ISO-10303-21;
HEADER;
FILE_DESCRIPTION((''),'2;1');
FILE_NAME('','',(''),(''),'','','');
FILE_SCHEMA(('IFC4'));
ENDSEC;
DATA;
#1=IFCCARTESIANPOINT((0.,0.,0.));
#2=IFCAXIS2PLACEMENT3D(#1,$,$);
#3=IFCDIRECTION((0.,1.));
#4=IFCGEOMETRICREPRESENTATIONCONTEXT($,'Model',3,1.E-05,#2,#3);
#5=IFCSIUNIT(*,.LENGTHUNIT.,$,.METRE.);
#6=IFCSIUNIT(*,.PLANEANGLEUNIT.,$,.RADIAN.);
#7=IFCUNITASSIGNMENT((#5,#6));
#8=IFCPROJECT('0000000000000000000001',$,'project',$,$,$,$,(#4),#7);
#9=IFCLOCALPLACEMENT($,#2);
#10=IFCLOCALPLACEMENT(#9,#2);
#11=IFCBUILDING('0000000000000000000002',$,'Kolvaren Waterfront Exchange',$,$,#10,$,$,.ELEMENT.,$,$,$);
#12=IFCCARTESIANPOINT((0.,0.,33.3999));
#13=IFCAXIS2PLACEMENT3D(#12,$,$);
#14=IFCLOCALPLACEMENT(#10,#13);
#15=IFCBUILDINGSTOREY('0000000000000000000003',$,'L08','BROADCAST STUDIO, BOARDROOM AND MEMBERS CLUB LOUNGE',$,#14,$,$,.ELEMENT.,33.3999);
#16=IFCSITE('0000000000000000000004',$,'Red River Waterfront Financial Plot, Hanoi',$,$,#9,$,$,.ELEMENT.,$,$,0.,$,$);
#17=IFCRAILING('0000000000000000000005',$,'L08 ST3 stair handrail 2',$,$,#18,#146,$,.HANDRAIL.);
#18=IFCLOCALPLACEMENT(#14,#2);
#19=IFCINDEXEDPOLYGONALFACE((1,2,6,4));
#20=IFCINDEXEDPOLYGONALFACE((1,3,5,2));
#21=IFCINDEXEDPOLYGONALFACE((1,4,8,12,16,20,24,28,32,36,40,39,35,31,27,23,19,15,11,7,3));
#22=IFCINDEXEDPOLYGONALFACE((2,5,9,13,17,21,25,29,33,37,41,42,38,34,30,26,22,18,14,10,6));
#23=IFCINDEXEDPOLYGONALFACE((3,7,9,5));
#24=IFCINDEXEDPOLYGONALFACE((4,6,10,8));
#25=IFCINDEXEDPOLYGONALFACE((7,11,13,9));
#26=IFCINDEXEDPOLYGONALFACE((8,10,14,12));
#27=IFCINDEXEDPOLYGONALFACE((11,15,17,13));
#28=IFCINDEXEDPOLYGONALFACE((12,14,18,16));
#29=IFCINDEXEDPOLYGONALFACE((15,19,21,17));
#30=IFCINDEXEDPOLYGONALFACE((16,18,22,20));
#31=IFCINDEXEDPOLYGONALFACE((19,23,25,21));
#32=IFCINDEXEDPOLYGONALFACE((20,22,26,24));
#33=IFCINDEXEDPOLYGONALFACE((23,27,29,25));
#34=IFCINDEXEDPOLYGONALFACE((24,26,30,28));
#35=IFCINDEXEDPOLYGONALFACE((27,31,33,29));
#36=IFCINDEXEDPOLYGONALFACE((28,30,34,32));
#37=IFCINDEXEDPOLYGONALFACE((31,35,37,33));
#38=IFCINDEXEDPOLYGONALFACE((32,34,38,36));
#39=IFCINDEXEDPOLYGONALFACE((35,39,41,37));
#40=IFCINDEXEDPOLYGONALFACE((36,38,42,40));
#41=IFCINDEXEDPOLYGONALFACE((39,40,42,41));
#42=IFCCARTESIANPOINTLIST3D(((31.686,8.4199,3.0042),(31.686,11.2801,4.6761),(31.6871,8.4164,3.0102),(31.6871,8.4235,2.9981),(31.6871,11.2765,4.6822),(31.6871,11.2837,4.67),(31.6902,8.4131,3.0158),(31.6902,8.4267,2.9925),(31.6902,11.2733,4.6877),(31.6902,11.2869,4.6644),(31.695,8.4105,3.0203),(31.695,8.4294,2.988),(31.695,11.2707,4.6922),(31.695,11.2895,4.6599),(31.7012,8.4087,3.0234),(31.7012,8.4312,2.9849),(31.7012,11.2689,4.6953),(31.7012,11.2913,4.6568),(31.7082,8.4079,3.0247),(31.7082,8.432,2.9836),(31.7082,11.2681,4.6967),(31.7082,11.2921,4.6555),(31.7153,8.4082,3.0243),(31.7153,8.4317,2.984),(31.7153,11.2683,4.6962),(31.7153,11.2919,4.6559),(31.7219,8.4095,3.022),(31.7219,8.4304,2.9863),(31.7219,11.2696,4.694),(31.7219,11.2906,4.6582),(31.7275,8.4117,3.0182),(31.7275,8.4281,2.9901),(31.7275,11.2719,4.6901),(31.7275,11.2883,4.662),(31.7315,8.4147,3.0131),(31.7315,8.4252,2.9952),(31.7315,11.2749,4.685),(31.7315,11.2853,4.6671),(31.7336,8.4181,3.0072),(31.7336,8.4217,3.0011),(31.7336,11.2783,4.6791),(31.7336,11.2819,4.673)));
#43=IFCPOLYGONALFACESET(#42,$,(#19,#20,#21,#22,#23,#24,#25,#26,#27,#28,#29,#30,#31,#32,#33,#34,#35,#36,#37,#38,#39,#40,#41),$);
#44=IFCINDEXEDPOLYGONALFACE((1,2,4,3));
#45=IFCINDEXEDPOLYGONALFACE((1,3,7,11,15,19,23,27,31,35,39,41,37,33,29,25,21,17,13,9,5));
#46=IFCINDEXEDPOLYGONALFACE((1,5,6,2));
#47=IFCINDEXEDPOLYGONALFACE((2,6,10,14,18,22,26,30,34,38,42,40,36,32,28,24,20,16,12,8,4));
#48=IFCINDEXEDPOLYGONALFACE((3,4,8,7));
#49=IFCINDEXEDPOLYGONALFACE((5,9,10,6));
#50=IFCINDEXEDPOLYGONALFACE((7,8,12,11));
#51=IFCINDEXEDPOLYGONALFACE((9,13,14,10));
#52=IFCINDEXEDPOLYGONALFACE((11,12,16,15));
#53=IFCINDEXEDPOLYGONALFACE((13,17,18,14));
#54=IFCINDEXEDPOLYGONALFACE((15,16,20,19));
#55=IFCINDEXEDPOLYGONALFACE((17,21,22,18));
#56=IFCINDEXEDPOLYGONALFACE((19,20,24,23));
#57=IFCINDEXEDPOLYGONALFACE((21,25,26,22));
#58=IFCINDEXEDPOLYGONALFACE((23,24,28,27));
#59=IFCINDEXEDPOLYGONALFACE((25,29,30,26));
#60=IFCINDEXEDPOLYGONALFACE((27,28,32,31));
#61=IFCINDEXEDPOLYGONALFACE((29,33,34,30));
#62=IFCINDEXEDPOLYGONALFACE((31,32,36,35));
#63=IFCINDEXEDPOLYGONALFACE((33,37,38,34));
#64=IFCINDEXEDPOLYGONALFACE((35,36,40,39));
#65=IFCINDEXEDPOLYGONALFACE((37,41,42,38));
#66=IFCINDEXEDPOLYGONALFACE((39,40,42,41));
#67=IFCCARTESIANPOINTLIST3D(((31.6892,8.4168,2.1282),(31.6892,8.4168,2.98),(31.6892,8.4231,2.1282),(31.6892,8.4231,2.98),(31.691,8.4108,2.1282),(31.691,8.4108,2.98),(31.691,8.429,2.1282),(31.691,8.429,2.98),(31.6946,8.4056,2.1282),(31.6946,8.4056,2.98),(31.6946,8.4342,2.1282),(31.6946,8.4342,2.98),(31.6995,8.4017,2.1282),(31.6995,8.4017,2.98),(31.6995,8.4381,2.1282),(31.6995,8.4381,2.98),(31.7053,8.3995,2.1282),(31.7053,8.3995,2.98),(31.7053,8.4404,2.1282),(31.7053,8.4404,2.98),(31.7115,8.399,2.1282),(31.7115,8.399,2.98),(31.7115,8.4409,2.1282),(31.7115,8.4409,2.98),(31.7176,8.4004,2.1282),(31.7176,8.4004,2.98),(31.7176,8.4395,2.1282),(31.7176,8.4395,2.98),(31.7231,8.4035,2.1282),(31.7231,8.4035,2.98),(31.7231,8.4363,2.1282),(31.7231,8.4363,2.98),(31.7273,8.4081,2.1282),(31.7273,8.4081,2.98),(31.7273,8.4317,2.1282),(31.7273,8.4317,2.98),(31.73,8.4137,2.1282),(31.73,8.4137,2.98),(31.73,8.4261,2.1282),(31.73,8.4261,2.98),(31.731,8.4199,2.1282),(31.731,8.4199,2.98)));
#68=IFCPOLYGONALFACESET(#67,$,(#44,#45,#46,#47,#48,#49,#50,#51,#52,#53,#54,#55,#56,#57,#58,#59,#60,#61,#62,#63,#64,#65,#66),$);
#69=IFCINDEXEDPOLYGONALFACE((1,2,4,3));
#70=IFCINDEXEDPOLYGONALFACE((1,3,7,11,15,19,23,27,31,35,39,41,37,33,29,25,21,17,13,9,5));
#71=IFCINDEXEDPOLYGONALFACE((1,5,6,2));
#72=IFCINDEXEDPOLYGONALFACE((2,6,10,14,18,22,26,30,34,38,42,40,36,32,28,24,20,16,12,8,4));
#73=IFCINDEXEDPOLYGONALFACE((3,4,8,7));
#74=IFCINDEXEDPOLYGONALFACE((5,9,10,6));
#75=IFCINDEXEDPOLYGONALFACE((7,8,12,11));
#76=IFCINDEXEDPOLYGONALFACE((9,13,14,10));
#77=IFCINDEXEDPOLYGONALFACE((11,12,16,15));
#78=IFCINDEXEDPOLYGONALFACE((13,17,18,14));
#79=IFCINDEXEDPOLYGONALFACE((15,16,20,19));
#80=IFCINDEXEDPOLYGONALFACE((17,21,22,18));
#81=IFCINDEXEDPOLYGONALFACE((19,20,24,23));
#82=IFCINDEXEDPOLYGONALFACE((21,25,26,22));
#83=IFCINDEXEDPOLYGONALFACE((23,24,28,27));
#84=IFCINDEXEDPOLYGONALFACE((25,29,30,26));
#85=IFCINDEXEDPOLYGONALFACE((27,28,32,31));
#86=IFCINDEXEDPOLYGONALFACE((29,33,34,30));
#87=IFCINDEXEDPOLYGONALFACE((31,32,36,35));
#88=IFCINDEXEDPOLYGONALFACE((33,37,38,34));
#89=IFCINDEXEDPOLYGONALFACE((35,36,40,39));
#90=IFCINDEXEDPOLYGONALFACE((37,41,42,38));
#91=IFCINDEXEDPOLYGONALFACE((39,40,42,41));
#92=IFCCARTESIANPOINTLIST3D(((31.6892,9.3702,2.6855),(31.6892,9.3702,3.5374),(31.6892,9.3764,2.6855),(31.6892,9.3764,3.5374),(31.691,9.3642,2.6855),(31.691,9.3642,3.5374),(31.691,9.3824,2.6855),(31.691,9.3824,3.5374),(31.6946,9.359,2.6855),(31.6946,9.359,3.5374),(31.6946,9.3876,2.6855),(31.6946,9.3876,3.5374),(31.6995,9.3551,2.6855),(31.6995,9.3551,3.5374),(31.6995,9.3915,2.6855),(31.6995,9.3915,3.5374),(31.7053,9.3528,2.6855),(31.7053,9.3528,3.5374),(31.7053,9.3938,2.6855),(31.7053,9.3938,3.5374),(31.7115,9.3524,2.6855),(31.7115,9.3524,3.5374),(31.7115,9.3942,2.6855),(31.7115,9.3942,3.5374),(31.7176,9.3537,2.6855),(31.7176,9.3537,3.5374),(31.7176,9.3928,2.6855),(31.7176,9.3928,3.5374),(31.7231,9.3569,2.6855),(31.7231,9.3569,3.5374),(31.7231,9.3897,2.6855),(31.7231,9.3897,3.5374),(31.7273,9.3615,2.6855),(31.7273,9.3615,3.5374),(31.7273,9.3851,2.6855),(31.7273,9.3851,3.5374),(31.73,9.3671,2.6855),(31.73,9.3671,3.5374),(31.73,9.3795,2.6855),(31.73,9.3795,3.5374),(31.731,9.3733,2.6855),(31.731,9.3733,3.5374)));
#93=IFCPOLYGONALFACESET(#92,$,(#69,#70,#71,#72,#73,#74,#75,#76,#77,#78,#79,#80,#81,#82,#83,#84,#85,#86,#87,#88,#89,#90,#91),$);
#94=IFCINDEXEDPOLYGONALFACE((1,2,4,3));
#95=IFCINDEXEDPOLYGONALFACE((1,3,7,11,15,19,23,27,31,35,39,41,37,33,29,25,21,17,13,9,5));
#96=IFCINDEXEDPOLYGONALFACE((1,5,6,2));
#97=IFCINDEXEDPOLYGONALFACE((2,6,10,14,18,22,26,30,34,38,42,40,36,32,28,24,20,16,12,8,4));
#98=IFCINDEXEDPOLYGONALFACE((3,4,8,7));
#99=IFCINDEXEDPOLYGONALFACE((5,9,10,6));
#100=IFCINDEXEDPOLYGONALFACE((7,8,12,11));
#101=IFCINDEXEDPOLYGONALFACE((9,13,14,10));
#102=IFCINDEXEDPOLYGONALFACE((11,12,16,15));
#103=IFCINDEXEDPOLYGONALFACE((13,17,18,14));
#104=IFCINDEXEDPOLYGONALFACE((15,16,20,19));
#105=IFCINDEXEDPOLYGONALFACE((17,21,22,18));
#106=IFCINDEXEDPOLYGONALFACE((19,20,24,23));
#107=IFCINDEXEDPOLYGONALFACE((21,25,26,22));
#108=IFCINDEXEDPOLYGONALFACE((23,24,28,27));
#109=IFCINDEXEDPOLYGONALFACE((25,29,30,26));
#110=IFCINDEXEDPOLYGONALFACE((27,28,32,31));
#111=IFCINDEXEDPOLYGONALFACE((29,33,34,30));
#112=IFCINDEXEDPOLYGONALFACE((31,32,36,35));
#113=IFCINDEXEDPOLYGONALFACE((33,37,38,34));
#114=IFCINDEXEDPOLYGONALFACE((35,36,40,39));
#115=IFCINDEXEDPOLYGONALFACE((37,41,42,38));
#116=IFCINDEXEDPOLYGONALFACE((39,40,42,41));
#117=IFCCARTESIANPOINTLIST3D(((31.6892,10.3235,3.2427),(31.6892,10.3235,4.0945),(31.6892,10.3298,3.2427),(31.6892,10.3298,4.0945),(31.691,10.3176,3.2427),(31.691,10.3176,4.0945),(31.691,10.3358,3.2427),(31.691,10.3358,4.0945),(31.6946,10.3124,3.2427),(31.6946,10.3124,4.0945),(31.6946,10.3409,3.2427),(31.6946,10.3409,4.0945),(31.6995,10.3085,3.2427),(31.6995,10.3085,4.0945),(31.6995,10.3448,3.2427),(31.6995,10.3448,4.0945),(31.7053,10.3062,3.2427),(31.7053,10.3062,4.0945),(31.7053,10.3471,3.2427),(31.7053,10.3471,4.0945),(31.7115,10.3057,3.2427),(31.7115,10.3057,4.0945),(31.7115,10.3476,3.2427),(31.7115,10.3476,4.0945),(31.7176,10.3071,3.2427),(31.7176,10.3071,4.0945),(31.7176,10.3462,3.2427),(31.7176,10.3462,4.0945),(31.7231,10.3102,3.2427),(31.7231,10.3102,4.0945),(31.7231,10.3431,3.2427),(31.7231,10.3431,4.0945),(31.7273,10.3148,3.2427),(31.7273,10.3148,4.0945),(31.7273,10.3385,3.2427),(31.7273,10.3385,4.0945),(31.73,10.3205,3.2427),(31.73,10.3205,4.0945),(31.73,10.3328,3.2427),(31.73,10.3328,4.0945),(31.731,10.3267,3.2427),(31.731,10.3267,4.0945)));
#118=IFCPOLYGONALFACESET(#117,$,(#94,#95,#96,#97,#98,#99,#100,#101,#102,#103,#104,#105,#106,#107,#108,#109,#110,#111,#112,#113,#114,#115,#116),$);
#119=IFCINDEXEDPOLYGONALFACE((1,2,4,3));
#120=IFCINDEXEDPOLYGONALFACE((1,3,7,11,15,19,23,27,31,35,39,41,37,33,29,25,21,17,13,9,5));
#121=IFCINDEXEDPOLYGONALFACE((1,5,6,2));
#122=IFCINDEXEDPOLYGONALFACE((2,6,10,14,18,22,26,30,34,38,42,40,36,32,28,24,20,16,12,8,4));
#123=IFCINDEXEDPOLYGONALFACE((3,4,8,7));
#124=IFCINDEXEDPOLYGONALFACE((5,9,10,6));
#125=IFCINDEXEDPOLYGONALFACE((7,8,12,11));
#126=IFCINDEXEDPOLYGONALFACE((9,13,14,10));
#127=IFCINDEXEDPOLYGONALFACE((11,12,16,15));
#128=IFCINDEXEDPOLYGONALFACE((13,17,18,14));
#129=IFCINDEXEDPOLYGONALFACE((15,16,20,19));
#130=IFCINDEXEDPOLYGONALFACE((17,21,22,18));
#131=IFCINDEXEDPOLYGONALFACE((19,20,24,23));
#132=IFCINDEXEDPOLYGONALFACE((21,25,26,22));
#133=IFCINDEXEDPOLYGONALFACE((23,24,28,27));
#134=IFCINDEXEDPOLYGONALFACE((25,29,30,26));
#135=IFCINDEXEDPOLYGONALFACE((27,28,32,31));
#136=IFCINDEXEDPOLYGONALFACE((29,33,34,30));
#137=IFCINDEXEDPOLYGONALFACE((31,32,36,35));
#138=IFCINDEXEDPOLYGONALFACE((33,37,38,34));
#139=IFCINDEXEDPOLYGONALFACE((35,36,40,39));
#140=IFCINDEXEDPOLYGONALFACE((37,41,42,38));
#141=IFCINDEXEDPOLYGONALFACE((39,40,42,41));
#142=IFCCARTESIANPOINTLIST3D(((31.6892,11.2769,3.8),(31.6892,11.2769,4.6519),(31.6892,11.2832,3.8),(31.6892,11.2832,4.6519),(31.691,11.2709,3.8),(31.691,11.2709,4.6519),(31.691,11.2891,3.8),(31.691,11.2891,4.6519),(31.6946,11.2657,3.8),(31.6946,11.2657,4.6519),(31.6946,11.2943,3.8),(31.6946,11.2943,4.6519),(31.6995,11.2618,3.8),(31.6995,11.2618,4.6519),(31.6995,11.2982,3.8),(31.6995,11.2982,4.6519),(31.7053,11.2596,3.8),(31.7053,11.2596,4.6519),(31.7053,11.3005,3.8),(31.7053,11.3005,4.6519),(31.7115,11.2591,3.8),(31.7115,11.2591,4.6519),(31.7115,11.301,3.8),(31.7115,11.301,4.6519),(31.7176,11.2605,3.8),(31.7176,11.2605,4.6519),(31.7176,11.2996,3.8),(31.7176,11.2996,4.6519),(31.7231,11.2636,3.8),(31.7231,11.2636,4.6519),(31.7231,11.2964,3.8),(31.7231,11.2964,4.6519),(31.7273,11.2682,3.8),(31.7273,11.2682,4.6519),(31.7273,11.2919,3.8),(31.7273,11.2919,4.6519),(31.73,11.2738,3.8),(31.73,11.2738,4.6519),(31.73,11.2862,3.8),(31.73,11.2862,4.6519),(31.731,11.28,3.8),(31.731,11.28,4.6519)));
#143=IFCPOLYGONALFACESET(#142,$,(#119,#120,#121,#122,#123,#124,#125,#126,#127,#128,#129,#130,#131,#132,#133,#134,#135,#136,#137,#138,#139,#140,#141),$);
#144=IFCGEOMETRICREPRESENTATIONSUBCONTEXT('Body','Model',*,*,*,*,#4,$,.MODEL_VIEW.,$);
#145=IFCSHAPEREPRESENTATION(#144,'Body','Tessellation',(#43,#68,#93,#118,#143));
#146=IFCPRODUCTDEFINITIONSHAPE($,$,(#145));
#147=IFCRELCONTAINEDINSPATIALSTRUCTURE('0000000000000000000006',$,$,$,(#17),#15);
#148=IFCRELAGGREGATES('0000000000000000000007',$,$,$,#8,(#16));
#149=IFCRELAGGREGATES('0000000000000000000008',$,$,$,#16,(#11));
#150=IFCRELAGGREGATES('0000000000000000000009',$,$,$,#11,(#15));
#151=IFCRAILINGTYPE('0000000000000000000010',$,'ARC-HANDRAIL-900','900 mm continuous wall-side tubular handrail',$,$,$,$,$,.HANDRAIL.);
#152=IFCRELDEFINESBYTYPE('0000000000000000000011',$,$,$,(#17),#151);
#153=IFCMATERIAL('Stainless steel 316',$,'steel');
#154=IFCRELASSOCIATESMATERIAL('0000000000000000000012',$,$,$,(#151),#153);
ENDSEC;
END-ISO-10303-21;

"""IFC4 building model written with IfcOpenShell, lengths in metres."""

from ifc_helpers import new_model, si_unit, direction, frame, origin, origin_2d, place, context, subcontext, project, spatial, circle, extrude, material, type_object, element, save


model = new_model("IFC4")

# Units and contexts
model_context = context("Model", 3, precision=1e-05, world=origin(), true_north=direction((0.0, 1.0)))
body_context = subcontext(model_context, "Body", "Model", "MODEL_VIEW")
ifc_project = project(units=[si_unit("LENGTHUNIT", "METRE"), si_unit("PLANEANGLEUNIT", "RADIAN")], contexts=[model_context])

# Site, building, storey
site_placement = place(None, origin())
site = spatial("IfcSite", under=ifc_project, at=site_placement, Name="Red River Waterfront Financial Plot, Hanoi", CompositionType="ELEMENT", RefElevation=0.0)
building_placement = place(site_placement, origin())
building = spatial("IfcBuilding", under=site, at=building_placement, Name="Kolvaren Waterfront Exchange", CompositionType="ELEMENT")
storey_placement = place(building_placement, frame((0.0, 0.0, 33.3999)))
storey = spatial("IfcBuildingStorey", under=building, at=storey_placement, Name="L08", Description="BROADCAST STUDIO, BOARDROOM AND MEMBERS CLUB LOUNGE", CompositionType="ELEMENT", Elevation=33.3999)

# Railing
ifc_material_1 = material(Name="Stainless steel 316", Category="steel")
railing_type = type_object("IfcRailingType", Name="ARC-HANDRAIL-900", Description="900 mm continuous wall-side tubular handrail", PredefinedType="HANDRAIL", material=ifc_material_1)
railing_placement = place(storey_placement, frame((31.71, 8.4199, 2.1282)))
element("IfcRailing", 1, at=railing_placement, inside=storey, type_object=railing_type, Name="L08 ST3 stair handrail 2", PredefinedType="HANDRAIL", context=body_context, shape_type="SweptSolid", body=[
    extrude(circle(Radius=0.0239, at=origin_2d()), frame((0.0, 0.0, 0.876), z_axis=(0.0, 0.863321, 0.504654), x_axis=(-1.0, 0.0, 0.0)), (0.0, 0.0, 1.0), 3.313),
    extrude(circle(Radius=0.021, at=origin_2d()), origin(), (0.0, 0.0, 1.0), 0.8518),
    extrude(circle(Radius=0.021, at=origin_2d()), frame((0.0, 0.9534, 0.5574)), (0.0, 0.0, 1.0), 0.8518),
    extrude(circle(Radius=0.021, at=origin_2d()), frame((0.0, 1.9067, 1.1145)), (0.0, 0.0, 1.0), 0.8518),
    extrude(circle(Radius=0.021, at=origin_2d()), frame((0.0, 2.8601, 1.6719)), (0.0, 0.0, 1.0), 0.8518),
])

save(model, "model.ifc")
